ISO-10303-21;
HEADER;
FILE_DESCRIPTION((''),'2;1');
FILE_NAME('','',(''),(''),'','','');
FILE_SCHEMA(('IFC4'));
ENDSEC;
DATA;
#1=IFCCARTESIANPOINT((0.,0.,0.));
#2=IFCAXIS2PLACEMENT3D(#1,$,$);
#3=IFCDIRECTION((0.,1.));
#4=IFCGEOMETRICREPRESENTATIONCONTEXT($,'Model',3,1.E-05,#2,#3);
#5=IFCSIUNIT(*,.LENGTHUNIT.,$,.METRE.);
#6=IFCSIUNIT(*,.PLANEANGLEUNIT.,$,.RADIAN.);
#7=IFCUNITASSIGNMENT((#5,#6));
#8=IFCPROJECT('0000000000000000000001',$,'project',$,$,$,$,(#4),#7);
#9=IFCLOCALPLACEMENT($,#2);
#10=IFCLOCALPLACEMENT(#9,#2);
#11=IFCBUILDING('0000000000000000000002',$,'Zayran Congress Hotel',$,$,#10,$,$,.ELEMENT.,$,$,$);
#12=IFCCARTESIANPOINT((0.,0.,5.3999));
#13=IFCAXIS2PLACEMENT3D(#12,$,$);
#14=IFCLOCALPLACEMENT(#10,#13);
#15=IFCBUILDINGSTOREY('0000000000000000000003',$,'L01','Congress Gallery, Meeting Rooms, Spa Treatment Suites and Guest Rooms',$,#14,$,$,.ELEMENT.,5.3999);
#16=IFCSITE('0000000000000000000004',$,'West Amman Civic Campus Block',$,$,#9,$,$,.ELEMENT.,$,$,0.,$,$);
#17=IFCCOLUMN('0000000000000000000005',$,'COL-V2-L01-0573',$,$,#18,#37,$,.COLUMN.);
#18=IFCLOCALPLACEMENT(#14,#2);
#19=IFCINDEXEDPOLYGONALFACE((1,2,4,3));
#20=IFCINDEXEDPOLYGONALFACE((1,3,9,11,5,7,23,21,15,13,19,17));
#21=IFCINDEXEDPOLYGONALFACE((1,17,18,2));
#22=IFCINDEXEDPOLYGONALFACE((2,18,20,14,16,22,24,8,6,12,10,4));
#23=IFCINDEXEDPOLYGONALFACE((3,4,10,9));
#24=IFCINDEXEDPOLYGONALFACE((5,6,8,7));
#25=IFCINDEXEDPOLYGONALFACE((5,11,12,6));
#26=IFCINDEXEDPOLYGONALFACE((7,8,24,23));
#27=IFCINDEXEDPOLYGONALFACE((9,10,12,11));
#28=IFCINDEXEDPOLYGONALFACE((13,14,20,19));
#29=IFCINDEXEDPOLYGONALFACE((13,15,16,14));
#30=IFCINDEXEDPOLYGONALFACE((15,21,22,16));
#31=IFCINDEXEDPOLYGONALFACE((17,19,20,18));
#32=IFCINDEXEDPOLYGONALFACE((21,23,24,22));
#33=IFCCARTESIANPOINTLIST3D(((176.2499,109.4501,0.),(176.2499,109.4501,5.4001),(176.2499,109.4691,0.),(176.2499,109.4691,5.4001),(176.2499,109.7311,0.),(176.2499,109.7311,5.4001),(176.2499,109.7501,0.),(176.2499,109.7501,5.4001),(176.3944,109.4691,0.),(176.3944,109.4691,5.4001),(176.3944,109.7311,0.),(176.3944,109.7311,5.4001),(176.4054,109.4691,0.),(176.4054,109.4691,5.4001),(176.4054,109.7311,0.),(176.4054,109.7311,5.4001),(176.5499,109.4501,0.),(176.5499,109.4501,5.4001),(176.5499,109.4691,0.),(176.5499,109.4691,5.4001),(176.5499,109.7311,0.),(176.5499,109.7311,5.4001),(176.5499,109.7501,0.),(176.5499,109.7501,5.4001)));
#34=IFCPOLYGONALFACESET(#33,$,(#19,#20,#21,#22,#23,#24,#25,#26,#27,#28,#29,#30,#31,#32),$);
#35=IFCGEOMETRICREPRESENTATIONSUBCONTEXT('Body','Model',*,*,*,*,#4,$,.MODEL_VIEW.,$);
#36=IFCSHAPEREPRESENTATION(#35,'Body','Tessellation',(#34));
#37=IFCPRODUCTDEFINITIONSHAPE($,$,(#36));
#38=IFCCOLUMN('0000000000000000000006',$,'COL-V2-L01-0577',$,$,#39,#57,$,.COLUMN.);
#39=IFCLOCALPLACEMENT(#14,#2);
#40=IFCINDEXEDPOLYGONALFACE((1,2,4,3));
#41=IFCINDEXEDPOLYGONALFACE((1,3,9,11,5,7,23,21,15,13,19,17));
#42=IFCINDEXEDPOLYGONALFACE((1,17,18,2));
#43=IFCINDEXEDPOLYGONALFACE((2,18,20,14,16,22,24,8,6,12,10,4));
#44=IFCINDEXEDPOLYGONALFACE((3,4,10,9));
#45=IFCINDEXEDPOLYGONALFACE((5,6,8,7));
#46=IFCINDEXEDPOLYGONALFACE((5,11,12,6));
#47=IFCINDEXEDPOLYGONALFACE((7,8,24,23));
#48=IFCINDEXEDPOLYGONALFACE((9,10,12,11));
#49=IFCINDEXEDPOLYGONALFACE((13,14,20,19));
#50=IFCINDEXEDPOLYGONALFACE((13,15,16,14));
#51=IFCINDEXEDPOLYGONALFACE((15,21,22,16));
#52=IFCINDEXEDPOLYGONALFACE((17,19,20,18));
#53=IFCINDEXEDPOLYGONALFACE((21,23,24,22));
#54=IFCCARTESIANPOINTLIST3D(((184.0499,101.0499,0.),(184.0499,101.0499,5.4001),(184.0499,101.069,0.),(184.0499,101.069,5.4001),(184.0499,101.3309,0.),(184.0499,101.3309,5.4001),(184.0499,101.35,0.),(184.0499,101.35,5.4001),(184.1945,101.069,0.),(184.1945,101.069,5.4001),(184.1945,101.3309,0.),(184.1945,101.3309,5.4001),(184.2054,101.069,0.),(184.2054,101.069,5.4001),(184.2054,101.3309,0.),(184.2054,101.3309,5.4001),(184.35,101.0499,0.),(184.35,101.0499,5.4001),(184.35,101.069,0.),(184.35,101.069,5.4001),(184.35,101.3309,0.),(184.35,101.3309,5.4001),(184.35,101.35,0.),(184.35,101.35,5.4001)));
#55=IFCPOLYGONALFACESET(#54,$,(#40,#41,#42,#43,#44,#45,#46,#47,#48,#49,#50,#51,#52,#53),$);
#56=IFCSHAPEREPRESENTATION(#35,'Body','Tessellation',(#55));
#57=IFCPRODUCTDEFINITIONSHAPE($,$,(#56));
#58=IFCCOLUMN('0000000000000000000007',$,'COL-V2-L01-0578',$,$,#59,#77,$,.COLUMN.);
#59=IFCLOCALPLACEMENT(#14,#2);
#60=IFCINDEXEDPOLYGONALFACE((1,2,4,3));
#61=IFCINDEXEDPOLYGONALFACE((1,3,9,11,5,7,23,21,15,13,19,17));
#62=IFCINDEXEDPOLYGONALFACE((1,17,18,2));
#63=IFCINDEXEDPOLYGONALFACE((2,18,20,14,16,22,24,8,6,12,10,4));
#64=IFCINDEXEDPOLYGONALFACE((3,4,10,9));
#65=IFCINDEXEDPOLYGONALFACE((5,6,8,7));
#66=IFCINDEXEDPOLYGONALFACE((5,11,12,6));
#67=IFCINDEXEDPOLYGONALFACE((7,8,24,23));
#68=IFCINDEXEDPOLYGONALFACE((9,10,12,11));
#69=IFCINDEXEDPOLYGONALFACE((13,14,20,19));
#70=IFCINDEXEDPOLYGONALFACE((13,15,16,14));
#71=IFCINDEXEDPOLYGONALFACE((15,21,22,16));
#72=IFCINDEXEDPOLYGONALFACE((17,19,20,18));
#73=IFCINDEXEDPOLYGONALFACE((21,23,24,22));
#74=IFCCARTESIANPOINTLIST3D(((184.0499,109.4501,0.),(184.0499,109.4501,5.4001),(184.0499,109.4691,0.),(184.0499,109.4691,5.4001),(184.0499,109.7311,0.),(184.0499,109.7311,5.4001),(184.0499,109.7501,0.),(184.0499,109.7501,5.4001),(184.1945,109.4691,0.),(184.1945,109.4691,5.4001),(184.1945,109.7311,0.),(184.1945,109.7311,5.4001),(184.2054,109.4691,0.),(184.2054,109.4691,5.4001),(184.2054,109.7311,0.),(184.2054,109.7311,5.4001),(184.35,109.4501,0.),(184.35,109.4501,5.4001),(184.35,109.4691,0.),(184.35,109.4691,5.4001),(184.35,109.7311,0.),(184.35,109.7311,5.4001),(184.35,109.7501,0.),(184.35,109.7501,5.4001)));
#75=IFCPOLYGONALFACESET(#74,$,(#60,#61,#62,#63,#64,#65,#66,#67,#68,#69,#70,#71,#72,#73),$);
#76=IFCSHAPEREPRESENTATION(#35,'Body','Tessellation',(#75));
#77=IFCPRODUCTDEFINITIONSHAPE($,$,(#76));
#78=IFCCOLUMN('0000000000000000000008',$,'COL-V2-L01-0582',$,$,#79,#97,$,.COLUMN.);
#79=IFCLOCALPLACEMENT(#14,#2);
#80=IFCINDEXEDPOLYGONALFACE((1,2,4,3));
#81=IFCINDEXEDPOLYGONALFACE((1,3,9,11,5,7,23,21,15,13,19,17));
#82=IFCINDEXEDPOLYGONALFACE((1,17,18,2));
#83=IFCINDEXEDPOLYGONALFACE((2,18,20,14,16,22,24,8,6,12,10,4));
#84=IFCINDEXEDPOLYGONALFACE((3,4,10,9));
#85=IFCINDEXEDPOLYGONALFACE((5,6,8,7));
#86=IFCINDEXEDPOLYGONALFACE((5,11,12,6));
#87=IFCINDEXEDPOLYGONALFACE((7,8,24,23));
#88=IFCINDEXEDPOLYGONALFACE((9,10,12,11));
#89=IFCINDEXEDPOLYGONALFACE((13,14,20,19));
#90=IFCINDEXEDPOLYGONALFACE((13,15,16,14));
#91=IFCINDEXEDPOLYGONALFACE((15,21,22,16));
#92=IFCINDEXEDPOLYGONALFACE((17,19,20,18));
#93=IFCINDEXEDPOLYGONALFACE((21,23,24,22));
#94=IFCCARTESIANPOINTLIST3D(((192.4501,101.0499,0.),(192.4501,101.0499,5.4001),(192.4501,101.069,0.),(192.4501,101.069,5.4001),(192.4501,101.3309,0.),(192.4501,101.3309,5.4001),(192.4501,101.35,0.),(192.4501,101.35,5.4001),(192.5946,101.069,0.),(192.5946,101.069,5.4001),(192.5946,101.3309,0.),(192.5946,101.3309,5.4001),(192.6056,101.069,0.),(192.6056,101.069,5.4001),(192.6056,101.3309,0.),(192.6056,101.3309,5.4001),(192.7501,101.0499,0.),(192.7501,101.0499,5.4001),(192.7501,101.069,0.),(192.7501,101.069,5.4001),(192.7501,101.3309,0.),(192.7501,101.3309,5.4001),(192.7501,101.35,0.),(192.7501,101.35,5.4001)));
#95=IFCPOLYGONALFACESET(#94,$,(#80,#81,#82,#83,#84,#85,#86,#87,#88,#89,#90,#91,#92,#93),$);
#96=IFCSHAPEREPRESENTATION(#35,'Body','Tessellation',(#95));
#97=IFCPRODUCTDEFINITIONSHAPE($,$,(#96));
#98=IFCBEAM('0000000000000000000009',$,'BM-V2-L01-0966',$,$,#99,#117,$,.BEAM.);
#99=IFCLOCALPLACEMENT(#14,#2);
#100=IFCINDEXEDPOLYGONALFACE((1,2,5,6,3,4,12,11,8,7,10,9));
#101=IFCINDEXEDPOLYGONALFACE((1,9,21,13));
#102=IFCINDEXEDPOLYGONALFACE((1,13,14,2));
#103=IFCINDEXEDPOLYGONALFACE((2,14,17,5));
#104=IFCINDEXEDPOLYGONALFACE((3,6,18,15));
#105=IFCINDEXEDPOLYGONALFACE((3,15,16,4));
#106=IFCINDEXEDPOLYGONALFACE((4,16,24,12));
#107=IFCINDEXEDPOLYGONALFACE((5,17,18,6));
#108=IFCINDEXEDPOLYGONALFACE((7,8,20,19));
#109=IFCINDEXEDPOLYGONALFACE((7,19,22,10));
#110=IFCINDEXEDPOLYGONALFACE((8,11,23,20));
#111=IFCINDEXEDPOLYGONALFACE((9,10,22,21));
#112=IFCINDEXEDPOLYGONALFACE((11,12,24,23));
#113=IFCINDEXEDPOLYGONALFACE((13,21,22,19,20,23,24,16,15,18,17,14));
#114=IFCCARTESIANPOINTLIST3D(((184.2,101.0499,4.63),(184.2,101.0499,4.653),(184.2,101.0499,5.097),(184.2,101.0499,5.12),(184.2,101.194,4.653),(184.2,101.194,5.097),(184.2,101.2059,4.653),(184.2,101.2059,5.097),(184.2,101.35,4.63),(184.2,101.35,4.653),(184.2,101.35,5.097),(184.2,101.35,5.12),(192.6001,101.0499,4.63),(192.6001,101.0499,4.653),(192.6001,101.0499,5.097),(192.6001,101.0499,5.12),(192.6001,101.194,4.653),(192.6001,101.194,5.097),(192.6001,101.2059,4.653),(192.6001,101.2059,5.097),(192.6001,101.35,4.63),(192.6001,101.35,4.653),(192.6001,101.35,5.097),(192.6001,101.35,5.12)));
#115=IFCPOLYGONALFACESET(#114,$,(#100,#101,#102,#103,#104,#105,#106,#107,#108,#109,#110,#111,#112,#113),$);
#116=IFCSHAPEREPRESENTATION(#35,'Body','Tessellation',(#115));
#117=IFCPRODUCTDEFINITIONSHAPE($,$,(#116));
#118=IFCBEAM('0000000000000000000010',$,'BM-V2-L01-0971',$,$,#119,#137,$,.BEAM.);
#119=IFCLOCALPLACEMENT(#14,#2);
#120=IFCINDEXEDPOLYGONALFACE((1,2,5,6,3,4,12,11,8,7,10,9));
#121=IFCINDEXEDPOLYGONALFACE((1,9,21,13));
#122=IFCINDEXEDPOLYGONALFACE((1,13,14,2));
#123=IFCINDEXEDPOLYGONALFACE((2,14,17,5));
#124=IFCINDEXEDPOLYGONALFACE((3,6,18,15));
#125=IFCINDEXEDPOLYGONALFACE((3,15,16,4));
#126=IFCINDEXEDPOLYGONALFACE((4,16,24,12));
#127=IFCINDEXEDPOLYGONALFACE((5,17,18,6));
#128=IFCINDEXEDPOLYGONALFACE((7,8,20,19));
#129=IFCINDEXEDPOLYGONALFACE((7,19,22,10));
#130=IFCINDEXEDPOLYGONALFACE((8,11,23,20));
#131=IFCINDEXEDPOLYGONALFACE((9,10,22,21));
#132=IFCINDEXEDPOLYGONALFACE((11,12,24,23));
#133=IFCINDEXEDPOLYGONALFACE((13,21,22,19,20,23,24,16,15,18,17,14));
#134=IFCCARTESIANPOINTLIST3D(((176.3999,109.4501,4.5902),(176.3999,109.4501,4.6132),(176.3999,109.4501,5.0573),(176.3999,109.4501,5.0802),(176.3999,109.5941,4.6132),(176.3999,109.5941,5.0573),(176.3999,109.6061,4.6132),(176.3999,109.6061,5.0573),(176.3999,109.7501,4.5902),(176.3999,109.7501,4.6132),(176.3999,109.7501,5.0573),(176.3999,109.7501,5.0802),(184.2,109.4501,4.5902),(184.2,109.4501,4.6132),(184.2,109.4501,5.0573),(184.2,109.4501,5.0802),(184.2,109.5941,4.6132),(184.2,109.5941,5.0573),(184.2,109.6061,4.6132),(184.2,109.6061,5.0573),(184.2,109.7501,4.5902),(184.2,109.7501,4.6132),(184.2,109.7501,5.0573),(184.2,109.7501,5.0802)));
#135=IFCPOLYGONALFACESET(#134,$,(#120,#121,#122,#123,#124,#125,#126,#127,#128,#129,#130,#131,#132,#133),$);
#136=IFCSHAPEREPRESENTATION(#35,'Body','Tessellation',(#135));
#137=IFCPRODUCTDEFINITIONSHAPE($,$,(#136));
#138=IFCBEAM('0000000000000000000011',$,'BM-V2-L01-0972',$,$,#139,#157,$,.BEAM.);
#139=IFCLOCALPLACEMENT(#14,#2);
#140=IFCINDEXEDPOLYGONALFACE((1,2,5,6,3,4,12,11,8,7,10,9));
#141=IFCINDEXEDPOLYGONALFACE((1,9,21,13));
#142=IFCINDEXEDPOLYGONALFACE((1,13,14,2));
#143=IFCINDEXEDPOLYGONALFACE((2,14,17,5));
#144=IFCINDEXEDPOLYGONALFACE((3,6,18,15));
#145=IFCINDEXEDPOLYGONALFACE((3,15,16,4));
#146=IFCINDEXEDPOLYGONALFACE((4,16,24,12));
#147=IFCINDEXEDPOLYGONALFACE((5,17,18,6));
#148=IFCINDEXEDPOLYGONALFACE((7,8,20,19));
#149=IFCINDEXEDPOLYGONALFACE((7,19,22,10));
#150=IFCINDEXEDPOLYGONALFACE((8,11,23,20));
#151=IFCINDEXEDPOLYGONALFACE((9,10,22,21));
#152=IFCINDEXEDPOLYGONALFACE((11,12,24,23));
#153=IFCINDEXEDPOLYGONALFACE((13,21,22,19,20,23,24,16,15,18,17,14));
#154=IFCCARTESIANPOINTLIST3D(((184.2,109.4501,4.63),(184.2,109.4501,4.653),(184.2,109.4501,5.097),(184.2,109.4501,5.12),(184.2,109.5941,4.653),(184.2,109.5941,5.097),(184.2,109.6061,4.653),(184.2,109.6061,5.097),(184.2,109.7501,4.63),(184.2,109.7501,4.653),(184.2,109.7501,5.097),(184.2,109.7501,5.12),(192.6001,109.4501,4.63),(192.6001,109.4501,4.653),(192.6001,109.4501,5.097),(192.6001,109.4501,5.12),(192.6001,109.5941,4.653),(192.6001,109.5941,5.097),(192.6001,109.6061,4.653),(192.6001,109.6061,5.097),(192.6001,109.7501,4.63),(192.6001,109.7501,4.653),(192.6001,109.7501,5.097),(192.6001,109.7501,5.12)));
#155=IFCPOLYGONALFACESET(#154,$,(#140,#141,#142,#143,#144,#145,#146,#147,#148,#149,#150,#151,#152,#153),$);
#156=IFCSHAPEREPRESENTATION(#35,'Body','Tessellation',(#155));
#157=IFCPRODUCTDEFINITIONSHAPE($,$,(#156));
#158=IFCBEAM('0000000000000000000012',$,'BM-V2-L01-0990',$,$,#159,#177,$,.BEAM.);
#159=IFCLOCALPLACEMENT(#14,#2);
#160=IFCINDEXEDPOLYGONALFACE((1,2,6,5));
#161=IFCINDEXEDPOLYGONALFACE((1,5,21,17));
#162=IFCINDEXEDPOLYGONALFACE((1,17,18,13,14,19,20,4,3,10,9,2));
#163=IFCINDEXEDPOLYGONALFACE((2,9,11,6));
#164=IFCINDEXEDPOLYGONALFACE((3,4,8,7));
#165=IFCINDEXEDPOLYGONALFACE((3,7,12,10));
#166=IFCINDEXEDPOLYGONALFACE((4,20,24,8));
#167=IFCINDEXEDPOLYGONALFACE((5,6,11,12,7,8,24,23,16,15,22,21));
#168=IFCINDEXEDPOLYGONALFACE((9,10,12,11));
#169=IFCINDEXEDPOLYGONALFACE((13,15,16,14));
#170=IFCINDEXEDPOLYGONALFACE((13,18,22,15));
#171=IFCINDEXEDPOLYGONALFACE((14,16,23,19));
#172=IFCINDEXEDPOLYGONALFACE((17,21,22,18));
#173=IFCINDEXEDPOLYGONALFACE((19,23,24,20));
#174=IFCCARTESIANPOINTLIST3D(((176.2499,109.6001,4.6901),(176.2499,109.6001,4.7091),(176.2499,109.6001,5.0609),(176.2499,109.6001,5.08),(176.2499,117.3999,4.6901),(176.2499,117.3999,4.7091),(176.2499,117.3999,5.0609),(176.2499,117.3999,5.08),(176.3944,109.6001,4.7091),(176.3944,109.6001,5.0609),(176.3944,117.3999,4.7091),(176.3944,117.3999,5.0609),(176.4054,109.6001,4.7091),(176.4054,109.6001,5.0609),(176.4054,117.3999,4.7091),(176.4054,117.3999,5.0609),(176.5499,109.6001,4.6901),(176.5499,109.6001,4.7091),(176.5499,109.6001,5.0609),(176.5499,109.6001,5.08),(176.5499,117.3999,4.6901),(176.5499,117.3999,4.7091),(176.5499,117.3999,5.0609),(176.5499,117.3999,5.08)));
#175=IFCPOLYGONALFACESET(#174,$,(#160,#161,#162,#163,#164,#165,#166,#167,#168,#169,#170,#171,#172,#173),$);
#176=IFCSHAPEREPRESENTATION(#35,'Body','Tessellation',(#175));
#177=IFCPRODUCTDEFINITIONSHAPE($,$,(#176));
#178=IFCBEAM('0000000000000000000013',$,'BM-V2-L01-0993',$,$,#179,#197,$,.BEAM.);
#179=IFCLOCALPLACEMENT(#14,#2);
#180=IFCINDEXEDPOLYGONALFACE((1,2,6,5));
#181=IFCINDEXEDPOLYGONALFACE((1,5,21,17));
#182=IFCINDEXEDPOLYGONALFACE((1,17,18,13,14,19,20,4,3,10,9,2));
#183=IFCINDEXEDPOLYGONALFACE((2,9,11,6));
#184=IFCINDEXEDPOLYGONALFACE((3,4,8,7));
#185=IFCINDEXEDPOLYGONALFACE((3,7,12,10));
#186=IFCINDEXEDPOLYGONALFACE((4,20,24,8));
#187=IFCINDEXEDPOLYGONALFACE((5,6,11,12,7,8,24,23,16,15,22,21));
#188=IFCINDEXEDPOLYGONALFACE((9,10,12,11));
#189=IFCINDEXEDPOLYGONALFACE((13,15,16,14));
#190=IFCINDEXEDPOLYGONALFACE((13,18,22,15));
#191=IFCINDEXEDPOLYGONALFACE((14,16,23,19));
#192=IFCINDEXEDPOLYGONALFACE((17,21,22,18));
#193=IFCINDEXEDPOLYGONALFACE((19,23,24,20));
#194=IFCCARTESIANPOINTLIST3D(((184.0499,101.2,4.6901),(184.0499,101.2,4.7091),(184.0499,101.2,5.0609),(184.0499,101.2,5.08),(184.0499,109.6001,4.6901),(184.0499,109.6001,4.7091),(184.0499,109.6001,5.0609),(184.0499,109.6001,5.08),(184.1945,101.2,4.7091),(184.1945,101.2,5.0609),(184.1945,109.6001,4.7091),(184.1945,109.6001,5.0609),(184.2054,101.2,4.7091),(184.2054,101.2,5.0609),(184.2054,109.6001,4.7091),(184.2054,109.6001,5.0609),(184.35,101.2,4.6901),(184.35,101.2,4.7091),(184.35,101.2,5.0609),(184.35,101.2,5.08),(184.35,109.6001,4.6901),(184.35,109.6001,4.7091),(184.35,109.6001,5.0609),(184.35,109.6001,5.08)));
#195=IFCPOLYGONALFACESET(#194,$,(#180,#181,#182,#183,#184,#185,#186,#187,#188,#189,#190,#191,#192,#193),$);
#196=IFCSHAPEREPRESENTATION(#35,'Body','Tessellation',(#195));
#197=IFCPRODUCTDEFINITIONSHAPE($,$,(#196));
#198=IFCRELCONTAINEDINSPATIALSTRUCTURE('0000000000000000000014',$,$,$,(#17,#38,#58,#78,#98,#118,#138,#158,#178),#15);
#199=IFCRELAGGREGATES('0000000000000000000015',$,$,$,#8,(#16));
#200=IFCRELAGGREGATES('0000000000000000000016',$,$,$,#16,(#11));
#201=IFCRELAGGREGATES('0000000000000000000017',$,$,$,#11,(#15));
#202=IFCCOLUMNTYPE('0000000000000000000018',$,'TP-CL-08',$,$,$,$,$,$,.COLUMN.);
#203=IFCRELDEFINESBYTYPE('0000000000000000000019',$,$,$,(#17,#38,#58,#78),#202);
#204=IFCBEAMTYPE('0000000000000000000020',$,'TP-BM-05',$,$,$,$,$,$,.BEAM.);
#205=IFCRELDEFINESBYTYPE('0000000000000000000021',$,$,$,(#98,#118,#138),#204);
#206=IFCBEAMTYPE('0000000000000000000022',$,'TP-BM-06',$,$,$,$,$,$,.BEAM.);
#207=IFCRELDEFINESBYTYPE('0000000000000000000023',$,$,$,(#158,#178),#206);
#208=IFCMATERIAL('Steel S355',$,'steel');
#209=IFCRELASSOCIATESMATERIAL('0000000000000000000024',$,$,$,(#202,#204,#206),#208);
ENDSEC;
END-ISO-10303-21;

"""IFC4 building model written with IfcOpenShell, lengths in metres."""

from ifc_helpers import new_model, si_unit, direction, frame, origin, origin_2d, place, context, subcontext, project, spatial, i_section, extrude, material, material_profile, profile_set, type_object, element, save


model = new_model("IFC4")

# Units and contexts
model_context = context("Model", 3, precision=1e-05, world=origin(), true_north=direction((0.0, 1.0)))
body_context = subcontext(model_context, "Body", "Model", "MODEL_VIEW")
ifc_project = project(units=[si_unit("LENGTHUNIT", "METRE"), si_unit("PLANEANGLEUNIT", "RADIAN")], contexts=[model_context])

# Site, building, storey
site_placement = place(None, origin())
site = spatial("IfcSite", under=ifc_project, at=site_placement, Name="West Amman Civic Campus Block", CompositionType="ELEMENT", RefElevation=0.0)
building_placement = place(site_placement, origin())
building = spatial("IfcBuilding", under=site, at=building_placement, Name="Zayran Congress Hotel", CompositionType="ELEMENT")
storey_placement = place(building_placement, frame((0.0, 0.0, 5.3999)))
storey = spatial("IfcBuildingStorey", under=building, at=storey_placement, Name="L01", Description="Congress Gallery, Meeting Rooms, Spa Treatment Suites and Guest Rooms", CompositionType="ELEMENT", Elevation=5.3999)

# Columns
ifc_material_1 = material(Name="Steel S355", Category="steel")
ifc_material_profile_1 = material_profile(ifc_material_1, i_section(OverallWidth=0.3, OverallDepth=0.3, WebThickness=0.011, FlangeThickness=0.019, at=origin_2d()), Name="HEB 300")
ifc_profile_set_1 = profile_set([ifc_material_profile_1], Name="Steel S355")
column_type = type_object("IfcColumnType", Name="TP-CL-08", PredefinedType="COLUMN", material=ifc_profile_set_1)
for number, where, z_axis, x_axis, name in (
    (1, (176.3999, 109.6001, 0.0), (0.0, 0.0, 1.0), (1.0, 0.0, 0.0), "COL-V2-L01-0573"),
    (2, (184.2, 101.2, 0.0), (0.0, 0.0, 1.0), (1.0, 0.0, 0.0), "COL-V2-L01-0577"),
    (3, (184.2, 109.6001, 0.0), (0.0, 0.0, 1.0), (1.0, 0.0, 0.0), "COL-V2-L01-0578"),
    (4, (192.6001, 101.2, 0.0), (0.0, 0.0, 1.0), (1.0, 0.0, 0.0), "COL-V2-L01-0582"),
):
    element("IfcColumn", number, at=place(storey_placement, frame(where, z_axis=z_axis, x_axis=x_axis)), inside=storey, type_object=column_type, Name=name, PredefinedType="COLUMN", context=body_context, shape_type="SweptSolid", body=[
        extrude(i_section(OverallWidth=0.3, OverallDepth=0.3, WebThickness=0.011, FlangeThickness=0.019, at=origin_2d()), origin(), (0.0, 0.0, 1.0), 5.4001),
    ])

# Beams
ifc_material_profile_2 = material_profile(ifc_material_1, i_section(OverallWidth=0.3, OverallDepth=0.49, WebThickness=0.012, FlangeThickness=0.0229, at=origin_2d()), Name="HEA 500")
ifc_profile_set_2 = profile_set([ifc_material_profile_2], Name="Steel S355")
beam_type_1 = type_object("IfcBeamType", Name="TP-BM-05", PredefinedType="BEAM", material=ifc_profile_set_2)
beam_1_placement = place(storey_placement, frame((184.2, 101.2, 4.875), z_axis=(1.0, 0.0, 0.0), x_axis=(0.0, 1.0, 0.0)))
element("IfcBeam", 5, at=beam_1_placement, inside=storey, type_object=beam_type_1, Name="BM-V2-L01-0966", PredefinedType="BEAM", context=body_context, shape_type="SweptSolid", body=[
    extrude(i_section(OverallWidth=0.3, OverallDepth=0.49, WebThickness=0.012, FlangeThickness=0.0229, at=origin_2d()), origin(), (0.0, 0.0, 1.0), 8.4001),
])
beam_2_placement = place(storey_placement, frame((176.3999, 109.6001, 4.8352), z_axis=(1.0, 0.0, 0.0), x_axis=(0.0, 1.0, 0.0)))
element("IfcBeam", 6, at=beam_2_placement, inside=storey, type_object=beam_type_1, Name="BM-V2-L01-0971", PredefinedType="BEAM", context=body_context, shape_type="SweptSolid", body=[
    extrude(i_section(OverallWidth=0.3, OverallDepth=0.49, WebThickness=0.012, FlangeThickness=0.0229, at=origin_2d()), origin(), (0.0, 0.0, 1.0), 7.8),
])
beam_3_placement = place(storey_placement, frame((184.2, 109.6001, 4.875), z_axis=(1.0, 0.0, 0.0), x_axis=(0.0, 1.0, 0.0)))
element("IfcBeam", 7, at=beam_3_placement, inside=storey, type_object=beam_type_1, Name="BM-V2-L01-0972", PredefinedType="BEAM", context=body_context, shape_type="SweptSolid", body=[
    extrude(i_section(OverallWidth=0.3, OverallDepth=0.49, WebThickness=0.012, FlangeThickness=0.0229, at=origin_2d()), origin(), (0.0, 0.0, 1.0), 8.4001),
])
ifc_material_profile_3 = material_profile(ifc_material_1, i_section(OverallWidth=0.3, OverallDepth=0.3899, WebThickness=0.011, FlangeThickness=0.019, at=origin_2d()), Name="HEA 400")
ifc_profile_set_3 = profile_set([ifc_material_profile_3], Name="Steel S355")
beam_type_2 = type_object("IfcBeamType", Name="TP-BM-06", PredefinedType="BEAM", material=ifc_profile_set_3)
beam_4_placement = place(storey_placement, frame((176.3999, 109.6001, 4.885), z_axis=(0.0, 1.0, 0.0), x_axis=(-1.0, 0.0, 0.0)))
element("IfcBeam", 8, at=beam_4_placement, inside=storey, type_object=beam_type_2, Name="BM-V2-L01-0990", PredefinedType="BEAM", context=body_context, shape_type="SweptSolid", body=[
    extrude(i_section(OverallWidth=0.3, OverallDepth=0.3899, WebThickness=0.011, FlangeThickness=0.019, at=origin_2d()), origin(), (0.0, 0.0, 1.0), 7.7998),
])
beam_5_placement = place(storey_placement, frame((184.2, 101.2, 4.885), z_axis=(0.0, 1.0, 0.0), x_axis=(-1.0, 0.0, 0.0)))
element("IfcBeam", 9, at=beam_5_placement, inside=storey, type_object=beam_type_2, Name="BM-V2-L01-0993", PredefinedType="BEAM", context=body_context, shape_type="SweptSolid", body=[
    extrude(i_section(OverallWidth=0.3, OverallDepth=0.3899, WebThickness=0.011, FlangeThickness=0.019, at=origin_2d()), origin(), (0.0, 0.0, 1.0), 8.4001),
])

save(model, "model.ifc")
